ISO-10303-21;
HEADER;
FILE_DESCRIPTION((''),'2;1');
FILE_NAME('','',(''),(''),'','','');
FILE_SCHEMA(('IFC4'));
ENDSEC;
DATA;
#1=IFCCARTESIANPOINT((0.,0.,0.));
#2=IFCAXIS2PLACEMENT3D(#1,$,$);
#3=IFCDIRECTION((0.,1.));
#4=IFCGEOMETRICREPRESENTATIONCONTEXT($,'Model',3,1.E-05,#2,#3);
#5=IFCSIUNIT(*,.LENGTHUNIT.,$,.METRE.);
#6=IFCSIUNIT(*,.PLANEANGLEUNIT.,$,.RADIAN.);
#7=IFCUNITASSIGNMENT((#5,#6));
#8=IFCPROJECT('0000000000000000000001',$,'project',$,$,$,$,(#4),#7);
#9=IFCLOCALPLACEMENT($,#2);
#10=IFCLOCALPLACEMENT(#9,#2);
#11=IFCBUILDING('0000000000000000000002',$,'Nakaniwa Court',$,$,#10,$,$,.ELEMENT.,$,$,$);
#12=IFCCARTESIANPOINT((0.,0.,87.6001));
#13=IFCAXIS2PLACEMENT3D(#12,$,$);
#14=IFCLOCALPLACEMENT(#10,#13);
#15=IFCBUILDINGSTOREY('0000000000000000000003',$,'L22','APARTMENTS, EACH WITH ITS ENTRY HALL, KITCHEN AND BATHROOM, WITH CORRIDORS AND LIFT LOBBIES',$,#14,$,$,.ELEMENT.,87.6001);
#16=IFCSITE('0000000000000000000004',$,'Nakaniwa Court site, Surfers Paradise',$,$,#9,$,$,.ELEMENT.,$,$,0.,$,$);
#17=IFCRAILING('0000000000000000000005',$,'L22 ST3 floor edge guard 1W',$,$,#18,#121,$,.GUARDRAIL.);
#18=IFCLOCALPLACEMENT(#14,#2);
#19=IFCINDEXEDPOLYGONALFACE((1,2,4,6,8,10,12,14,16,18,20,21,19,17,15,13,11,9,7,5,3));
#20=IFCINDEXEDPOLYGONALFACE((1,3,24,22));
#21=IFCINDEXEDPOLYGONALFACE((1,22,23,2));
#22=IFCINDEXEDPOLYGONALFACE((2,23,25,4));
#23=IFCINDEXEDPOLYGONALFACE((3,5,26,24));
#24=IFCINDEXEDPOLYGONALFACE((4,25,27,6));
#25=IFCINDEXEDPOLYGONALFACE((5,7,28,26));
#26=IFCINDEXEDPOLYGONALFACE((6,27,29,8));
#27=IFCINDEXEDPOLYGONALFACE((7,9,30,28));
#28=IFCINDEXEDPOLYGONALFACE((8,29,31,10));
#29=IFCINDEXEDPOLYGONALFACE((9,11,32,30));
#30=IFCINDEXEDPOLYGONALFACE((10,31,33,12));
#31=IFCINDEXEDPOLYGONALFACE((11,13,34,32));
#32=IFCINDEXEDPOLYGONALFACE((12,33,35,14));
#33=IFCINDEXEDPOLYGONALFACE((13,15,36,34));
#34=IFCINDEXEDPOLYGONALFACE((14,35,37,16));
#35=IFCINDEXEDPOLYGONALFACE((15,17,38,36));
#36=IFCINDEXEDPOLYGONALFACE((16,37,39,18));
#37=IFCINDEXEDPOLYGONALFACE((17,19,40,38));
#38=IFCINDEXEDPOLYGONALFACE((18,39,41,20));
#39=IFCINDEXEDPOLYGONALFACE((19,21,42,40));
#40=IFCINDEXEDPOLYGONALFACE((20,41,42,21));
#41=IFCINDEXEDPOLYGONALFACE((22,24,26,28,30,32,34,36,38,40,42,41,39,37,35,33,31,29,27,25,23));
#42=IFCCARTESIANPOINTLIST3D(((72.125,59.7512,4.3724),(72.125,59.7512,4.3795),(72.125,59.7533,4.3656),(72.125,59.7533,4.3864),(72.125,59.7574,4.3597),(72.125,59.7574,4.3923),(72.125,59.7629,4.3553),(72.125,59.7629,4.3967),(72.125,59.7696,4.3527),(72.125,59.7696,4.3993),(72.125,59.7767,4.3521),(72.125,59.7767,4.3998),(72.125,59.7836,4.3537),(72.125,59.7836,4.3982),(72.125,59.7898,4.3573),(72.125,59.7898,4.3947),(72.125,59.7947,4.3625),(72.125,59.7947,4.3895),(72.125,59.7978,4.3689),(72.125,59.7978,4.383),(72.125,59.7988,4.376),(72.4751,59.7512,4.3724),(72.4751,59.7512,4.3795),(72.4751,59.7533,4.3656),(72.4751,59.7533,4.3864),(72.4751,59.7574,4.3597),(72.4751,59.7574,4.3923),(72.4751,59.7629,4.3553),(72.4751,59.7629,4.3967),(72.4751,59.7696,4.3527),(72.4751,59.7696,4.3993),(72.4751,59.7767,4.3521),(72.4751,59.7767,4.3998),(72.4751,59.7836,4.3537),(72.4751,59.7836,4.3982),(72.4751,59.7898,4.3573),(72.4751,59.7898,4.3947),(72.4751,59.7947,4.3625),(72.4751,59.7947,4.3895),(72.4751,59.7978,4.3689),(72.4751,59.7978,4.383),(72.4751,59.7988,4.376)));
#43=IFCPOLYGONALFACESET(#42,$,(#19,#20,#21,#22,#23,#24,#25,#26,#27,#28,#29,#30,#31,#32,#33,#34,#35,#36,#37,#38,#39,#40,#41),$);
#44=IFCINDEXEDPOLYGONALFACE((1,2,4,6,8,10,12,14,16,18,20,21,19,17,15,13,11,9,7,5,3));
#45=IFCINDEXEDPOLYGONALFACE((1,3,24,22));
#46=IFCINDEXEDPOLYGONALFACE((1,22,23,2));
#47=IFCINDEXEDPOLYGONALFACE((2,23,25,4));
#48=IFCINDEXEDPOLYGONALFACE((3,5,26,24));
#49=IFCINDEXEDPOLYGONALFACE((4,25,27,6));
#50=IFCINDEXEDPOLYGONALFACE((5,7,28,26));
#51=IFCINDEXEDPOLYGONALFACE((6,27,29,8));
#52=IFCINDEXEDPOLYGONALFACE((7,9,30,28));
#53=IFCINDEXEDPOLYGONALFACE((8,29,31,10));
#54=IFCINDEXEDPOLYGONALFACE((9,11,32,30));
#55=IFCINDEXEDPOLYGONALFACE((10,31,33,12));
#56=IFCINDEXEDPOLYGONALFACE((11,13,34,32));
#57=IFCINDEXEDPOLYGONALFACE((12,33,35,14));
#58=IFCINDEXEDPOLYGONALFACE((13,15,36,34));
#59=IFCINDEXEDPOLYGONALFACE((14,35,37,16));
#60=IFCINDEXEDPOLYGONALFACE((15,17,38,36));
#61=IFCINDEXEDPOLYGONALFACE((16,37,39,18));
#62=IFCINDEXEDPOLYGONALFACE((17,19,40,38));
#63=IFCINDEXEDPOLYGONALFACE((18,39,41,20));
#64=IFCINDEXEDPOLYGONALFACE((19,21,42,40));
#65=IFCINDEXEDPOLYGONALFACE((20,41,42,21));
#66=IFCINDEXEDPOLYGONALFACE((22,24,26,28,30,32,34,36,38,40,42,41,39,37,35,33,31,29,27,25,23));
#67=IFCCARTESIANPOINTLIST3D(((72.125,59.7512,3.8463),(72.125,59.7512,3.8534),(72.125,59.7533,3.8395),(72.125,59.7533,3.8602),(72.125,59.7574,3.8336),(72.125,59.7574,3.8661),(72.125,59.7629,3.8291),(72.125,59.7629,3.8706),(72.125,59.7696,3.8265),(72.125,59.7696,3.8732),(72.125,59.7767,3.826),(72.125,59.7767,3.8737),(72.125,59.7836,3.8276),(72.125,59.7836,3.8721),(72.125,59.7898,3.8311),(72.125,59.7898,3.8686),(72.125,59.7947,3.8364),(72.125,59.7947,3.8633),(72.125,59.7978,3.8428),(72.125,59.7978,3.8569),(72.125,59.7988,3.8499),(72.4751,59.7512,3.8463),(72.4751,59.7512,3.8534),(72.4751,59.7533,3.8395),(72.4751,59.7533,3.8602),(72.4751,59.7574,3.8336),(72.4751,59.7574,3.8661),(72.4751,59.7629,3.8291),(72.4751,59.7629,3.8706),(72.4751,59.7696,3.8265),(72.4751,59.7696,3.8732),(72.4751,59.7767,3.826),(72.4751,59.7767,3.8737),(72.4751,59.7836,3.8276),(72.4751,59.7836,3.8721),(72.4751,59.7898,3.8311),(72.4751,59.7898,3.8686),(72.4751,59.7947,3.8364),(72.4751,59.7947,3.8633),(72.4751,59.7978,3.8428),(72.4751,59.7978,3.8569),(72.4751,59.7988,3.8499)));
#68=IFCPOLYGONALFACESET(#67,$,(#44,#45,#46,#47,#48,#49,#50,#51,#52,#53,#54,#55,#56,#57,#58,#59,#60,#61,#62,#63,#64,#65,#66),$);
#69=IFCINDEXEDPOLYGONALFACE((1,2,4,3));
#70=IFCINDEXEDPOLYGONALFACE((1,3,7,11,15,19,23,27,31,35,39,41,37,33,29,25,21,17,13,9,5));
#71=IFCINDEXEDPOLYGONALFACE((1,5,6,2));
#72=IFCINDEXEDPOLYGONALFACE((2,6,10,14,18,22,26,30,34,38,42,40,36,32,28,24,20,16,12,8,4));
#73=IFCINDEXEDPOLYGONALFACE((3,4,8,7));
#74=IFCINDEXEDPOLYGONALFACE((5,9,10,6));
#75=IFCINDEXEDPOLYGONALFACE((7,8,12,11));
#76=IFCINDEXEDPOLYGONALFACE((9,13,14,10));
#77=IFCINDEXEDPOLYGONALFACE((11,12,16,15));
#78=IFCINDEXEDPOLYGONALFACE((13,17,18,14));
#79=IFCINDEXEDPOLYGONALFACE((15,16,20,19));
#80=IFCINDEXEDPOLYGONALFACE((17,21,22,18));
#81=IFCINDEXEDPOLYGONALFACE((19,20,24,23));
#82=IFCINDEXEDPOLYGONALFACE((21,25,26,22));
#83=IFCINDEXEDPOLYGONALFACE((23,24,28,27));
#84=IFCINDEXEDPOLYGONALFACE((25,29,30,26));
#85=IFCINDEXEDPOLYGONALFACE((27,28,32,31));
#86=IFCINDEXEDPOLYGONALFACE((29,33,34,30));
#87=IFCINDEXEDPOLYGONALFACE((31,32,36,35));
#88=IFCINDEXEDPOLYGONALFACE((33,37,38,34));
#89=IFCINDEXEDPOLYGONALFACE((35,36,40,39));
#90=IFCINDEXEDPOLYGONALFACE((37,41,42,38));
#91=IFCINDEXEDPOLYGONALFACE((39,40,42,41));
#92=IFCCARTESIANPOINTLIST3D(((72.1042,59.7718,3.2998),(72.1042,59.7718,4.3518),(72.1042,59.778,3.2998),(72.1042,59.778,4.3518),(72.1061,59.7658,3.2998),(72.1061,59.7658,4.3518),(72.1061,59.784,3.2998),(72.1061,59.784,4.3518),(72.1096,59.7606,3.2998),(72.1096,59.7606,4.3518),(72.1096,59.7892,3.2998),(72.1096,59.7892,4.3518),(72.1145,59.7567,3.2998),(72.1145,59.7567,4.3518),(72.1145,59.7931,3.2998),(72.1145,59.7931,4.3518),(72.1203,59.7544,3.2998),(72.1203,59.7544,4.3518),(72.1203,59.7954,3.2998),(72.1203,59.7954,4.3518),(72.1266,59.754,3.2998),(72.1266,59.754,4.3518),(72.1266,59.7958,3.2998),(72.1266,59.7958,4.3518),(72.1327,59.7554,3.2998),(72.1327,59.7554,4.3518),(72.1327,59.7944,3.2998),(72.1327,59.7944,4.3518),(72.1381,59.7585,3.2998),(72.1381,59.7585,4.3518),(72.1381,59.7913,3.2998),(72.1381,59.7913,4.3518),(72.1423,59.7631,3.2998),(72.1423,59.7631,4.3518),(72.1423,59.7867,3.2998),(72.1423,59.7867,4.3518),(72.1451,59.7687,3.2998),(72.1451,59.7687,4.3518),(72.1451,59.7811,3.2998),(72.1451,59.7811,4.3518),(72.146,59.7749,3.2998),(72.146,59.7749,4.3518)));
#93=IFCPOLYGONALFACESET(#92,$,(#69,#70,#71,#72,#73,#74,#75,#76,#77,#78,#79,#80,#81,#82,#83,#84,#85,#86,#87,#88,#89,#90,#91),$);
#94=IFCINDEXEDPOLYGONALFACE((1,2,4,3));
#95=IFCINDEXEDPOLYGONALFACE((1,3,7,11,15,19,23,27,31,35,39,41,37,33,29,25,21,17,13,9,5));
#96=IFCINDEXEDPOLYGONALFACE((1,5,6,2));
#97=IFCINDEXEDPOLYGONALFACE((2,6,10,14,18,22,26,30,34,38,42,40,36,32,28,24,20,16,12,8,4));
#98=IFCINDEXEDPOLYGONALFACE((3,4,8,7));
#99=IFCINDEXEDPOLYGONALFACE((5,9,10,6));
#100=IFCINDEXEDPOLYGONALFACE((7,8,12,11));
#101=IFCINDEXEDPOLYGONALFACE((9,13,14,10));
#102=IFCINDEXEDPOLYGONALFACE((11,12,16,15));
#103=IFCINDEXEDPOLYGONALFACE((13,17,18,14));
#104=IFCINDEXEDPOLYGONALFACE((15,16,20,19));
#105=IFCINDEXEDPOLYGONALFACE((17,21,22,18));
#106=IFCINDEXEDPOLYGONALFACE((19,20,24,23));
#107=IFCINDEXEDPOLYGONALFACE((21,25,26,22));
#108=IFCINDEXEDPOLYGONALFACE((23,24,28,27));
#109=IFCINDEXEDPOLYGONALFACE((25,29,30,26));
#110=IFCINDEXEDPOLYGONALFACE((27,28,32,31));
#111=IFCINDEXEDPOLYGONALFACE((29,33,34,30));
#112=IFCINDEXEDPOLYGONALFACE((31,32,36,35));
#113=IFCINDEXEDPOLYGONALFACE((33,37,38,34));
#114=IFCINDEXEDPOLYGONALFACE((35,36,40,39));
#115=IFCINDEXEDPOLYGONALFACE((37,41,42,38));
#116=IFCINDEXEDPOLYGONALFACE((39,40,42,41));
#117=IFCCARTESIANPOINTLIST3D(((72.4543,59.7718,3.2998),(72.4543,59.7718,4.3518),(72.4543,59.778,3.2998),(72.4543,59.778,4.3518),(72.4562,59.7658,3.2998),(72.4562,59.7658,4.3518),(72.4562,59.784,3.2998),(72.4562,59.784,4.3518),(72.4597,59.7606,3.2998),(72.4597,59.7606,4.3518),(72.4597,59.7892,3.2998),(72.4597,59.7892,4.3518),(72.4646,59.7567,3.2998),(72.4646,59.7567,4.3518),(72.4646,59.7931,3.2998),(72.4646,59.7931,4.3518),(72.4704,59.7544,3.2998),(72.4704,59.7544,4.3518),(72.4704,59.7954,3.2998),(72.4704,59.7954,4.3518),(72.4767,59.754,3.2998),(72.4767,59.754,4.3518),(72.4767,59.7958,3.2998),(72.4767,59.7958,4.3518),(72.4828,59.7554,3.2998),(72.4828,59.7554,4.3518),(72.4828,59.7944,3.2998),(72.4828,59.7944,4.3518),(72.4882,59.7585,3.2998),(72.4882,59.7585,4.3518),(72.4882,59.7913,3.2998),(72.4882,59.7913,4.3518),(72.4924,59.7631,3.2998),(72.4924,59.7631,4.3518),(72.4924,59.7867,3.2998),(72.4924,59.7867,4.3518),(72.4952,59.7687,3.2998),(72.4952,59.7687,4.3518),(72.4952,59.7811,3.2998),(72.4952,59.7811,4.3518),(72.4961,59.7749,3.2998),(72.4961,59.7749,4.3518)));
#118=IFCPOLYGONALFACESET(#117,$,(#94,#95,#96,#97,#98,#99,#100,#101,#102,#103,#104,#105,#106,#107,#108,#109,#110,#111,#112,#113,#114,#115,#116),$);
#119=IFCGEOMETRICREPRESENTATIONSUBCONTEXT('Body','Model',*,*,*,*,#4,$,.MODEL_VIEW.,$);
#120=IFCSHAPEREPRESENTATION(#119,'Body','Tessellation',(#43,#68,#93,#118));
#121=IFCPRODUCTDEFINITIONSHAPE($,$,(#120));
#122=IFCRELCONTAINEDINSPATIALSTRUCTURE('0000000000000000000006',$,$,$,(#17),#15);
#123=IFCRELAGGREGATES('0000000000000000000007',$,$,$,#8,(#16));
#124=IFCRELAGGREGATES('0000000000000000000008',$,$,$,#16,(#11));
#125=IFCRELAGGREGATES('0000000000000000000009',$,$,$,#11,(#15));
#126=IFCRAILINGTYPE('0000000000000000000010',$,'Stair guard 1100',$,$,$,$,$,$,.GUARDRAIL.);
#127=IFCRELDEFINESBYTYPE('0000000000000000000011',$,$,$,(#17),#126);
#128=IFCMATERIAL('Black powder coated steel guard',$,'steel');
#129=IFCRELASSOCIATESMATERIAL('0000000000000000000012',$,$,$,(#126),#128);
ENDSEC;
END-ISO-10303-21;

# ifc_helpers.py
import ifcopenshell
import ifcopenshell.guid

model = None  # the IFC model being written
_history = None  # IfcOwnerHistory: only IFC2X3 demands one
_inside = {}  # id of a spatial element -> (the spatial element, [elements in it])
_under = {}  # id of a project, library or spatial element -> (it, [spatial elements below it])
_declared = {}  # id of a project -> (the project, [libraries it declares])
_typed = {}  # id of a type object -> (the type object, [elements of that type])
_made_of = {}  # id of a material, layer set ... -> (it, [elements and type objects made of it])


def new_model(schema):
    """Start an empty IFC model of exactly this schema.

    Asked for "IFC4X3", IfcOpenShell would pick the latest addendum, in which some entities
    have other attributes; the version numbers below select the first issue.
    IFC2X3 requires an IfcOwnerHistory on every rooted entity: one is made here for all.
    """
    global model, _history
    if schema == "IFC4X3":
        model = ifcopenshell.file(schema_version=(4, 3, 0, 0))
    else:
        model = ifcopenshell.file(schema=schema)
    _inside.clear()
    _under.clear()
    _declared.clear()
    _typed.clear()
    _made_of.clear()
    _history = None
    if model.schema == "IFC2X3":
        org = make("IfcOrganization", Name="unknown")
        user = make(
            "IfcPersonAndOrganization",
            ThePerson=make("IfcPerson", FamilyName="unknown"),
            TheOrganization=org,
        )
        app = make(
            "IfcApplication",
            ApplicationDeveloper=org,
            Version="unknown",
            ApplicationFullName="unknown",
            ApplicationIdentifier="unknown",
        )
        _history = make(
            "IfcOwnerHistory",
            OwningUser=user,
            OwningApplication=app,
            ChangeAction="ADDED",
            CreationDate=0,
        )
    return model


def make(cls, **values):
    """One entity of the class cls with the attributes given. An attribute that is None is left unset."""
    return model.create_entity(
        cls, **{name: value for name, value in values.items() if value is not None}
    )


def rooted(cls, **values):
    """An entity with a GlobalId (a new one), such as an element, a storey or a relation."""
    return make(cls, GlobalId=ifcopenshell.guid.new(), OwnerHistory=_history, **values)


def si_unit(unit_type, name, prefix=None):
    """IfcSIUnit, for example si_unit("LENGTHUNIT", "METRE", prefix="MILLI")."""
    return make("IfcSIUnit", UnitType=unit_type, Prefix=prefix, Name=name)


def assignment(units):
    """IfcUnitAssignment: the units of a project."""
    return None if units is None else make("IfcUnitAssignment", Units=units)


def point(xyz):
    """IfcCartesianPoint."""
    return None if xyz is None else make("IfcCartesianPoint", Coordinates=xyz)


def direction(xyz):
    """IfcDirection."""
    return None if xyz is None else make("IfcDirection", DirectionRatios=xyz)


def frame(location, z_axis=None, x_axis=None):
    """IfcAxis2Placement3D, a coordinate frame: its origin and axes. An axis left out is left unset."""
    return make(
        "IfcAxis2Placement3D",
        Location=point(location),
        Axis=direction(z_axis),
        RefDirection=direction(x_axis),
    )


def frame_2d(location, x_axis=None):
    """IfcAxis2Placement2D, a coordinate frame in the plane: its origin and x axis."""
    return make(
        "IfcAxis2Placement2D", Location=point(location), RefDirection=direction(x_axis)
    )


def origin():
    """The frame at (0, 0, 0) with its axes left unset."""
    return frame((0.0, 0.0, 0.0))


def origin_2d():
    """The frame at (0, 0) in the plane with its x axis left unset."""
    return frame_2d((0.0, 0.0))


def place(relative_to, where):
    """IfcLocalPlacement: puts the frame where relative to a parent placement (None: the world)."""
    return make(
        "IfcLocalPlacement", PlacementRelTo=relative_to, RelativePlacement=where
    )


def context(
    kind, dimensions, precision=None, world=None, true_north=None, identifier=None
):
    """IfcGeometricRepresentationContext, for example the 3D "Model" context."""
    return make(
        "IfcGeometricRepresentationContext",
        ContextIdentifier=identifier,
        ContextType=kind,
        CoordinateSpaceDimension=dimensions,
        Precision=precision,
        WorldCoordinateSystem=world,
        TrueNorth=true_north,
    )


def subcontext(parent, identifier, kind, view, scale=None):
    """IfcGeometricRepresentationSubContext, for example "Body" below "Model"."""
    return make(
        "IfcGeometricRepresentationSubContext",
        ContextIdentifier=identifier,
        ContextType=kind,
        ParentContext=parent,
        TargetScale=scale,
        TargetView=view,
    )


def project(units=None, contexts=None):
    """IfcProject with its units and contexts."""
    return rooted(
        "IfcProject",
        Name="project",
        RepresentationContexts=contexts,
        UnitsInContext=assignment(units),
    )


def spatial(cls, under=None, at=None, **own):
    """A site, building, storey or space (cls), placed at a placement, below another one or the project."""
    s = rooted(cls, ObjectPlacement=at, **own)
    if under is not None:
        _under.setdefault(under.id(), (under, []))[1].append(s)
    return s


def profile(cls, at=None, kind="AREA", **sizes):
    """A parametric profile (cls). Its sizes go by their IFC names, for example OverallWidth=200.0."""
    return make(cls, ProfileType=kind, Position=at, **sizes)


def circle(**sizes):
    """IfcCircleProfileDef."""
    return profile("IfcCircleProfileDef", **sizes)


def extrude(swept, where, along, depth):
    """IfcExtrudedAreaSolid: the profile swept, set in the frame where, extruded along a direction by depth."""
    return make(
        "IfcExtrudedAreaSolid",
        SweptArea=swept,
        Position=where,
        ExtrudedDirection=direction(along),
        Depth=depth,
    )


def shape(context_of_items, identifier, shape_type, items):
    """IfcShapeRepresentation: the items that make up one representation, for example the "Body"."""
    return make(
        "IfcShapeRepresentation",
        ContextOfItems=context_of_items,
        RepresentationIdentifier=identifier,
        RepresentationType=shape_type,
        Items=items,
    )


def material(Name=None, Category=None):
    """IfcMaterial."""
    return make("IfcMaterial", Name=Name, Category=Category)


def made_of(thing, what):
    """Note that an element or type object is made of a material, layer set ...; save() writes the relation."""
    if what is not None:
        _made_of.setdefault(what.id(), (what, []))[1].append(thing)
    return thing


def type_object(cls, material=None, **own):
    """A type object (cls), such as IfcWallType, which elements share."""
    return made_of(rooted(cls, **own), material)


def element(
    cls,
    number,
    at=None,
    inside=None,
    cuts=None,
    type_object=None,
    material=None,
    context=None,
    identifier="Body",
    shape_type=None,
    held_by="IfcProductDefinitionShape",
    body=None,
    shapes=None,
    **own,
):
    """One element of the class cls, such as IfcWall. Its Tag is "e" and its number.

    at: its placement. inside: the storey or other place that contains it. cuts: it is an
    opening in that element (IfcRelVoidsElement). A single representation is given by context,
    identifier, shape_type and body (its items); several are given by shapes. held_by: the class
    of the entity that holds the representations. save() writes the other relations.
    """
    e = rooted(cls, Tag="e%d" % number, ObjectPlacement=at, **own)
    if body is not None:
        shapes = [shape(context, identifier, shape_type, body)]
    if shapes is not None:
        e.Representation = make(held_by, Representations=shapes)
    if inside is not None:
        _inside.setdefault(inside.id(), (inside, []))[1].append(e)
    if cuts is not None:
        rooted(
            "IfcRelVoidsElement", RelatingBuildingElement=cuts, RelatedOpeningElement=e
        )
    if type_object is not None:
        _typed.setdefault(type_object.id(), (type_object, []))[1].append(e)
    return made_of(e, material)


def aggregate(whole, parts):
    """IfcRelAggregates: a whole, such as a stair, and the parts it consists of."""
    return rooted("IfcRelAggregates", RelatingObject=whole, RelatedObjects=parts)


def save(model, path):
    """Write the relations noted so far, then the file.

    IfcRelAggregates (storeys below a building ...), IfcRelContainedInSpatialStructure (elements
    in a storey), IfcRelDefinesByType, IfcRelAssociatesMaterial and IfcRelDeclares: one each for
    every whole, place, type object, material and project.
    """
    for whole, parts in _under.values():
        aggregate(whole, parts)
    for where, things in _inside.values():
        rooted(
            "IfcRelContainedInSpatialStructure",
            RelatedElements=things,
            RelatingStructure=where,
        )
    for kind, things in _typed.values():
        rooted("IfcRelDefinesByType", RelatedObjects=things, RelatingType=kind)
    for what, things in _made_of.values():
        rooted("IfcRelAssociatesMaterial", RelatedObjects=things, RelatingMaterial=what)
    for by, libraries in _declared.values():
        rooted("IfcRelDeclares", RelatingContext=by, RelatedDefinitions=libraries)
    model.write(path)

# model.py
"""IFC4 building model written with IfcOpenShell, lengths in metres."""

from ifc_helpers import new_model, si_unit, direction, frame, origin, origin_2d, place, context, subcontext, project, spatial, circle, extrude, material, type_object, element, save


model = new_model("IFC4")

# Units and contexts
model_context = context("Model", 3, precision=1e-05, world=origin(), true_north=direction((0.0, 1.0)))
body_context = subcontext(model_context, "Body", "Model", "MODEL_VIEW")
ifc_project = project(units=[si_unit("LENGTHUNIT", "METRE"), si_unit("PLANEANGLEUNIT", "RADIAN")], contexts=[model_context])

# Site, building, storey
site_placement = place(None, origin())
site = spatial("IfcSite", under=ifc_project, at=site_placement, Name="Nakaniwa Court site, Surfers Paradise", CompositionType="ELEMENT", RefElevation=0.0)
building_placement = place(site_placement, origin())
building = spatial("IfcBuilding", under=site, at=building_placement, Name="Nakaniwa Court", CompositionType="ELEMENT")
storey_placement = place(building_placement, frame((0.0, 0.0, 87.6001)))
storey = spatial("IfcBuildingStorey", under=building, at=storey_placement, Name="L22", Description="APARTMENTS, EACH WITH ITS ENTRY HALL, KITCHEN AND BATHROOM, WITH CORRIDORS AND LIFT LOBBIES", CompositionType="ELEMENT", Elevation=87.6001)

# Railing
ifc_material_1 = material(Name="Black powder coated steel guard", Category="steel")
railing_type_1 = type_object("IfcRailingType", Name="Stair guard 1100", PredefinedType="GUARDRAIL", material=ifc_material_1)
for number, where, name in (
    (1, (72.125, 59.7749, 3.2998), "L22 ST3 floor edge guard 1W"),
):
    element("IfcRailing", number, at=place(storey_placement, frame(where)), inside=storey, type_object=railing_type_1, Name=name, PredefinedType="GUARDRAIL", context=body_context, shape_type="SweptSolid", body=[
        extrude(circle(Radius=0.0239, at=origin_2d()), frame((0.0, 0.0, 1.0762), z_axis=(1.0, 0.0, 0.0), x_axis=(0.0, 1.0, 0.0)), (0.0, 0.0, 1.0), 0.3501),
        extrude(circle(Radius=0.0239, at=origin_2d()), frame((0.0, 0.0, 0.55), z_axis=(1.0, 0.0, 0.0), x_axis=(0.0, 1.0, 0.0)), (0.0, 0.0, 1.0), 0.3501),
        extrude(circle(Radius=0.021, at=origin_2d()), origin(), (0.0, 0.0, 1.0), 1.052),
        extrude(circle(Radius=0.021, at=origin_2d()), frame((0.3501, 0.0, 0.0)), (0.0, 0.0, 1.0), 1.052),
    ])

save(model, "model.ifc")
